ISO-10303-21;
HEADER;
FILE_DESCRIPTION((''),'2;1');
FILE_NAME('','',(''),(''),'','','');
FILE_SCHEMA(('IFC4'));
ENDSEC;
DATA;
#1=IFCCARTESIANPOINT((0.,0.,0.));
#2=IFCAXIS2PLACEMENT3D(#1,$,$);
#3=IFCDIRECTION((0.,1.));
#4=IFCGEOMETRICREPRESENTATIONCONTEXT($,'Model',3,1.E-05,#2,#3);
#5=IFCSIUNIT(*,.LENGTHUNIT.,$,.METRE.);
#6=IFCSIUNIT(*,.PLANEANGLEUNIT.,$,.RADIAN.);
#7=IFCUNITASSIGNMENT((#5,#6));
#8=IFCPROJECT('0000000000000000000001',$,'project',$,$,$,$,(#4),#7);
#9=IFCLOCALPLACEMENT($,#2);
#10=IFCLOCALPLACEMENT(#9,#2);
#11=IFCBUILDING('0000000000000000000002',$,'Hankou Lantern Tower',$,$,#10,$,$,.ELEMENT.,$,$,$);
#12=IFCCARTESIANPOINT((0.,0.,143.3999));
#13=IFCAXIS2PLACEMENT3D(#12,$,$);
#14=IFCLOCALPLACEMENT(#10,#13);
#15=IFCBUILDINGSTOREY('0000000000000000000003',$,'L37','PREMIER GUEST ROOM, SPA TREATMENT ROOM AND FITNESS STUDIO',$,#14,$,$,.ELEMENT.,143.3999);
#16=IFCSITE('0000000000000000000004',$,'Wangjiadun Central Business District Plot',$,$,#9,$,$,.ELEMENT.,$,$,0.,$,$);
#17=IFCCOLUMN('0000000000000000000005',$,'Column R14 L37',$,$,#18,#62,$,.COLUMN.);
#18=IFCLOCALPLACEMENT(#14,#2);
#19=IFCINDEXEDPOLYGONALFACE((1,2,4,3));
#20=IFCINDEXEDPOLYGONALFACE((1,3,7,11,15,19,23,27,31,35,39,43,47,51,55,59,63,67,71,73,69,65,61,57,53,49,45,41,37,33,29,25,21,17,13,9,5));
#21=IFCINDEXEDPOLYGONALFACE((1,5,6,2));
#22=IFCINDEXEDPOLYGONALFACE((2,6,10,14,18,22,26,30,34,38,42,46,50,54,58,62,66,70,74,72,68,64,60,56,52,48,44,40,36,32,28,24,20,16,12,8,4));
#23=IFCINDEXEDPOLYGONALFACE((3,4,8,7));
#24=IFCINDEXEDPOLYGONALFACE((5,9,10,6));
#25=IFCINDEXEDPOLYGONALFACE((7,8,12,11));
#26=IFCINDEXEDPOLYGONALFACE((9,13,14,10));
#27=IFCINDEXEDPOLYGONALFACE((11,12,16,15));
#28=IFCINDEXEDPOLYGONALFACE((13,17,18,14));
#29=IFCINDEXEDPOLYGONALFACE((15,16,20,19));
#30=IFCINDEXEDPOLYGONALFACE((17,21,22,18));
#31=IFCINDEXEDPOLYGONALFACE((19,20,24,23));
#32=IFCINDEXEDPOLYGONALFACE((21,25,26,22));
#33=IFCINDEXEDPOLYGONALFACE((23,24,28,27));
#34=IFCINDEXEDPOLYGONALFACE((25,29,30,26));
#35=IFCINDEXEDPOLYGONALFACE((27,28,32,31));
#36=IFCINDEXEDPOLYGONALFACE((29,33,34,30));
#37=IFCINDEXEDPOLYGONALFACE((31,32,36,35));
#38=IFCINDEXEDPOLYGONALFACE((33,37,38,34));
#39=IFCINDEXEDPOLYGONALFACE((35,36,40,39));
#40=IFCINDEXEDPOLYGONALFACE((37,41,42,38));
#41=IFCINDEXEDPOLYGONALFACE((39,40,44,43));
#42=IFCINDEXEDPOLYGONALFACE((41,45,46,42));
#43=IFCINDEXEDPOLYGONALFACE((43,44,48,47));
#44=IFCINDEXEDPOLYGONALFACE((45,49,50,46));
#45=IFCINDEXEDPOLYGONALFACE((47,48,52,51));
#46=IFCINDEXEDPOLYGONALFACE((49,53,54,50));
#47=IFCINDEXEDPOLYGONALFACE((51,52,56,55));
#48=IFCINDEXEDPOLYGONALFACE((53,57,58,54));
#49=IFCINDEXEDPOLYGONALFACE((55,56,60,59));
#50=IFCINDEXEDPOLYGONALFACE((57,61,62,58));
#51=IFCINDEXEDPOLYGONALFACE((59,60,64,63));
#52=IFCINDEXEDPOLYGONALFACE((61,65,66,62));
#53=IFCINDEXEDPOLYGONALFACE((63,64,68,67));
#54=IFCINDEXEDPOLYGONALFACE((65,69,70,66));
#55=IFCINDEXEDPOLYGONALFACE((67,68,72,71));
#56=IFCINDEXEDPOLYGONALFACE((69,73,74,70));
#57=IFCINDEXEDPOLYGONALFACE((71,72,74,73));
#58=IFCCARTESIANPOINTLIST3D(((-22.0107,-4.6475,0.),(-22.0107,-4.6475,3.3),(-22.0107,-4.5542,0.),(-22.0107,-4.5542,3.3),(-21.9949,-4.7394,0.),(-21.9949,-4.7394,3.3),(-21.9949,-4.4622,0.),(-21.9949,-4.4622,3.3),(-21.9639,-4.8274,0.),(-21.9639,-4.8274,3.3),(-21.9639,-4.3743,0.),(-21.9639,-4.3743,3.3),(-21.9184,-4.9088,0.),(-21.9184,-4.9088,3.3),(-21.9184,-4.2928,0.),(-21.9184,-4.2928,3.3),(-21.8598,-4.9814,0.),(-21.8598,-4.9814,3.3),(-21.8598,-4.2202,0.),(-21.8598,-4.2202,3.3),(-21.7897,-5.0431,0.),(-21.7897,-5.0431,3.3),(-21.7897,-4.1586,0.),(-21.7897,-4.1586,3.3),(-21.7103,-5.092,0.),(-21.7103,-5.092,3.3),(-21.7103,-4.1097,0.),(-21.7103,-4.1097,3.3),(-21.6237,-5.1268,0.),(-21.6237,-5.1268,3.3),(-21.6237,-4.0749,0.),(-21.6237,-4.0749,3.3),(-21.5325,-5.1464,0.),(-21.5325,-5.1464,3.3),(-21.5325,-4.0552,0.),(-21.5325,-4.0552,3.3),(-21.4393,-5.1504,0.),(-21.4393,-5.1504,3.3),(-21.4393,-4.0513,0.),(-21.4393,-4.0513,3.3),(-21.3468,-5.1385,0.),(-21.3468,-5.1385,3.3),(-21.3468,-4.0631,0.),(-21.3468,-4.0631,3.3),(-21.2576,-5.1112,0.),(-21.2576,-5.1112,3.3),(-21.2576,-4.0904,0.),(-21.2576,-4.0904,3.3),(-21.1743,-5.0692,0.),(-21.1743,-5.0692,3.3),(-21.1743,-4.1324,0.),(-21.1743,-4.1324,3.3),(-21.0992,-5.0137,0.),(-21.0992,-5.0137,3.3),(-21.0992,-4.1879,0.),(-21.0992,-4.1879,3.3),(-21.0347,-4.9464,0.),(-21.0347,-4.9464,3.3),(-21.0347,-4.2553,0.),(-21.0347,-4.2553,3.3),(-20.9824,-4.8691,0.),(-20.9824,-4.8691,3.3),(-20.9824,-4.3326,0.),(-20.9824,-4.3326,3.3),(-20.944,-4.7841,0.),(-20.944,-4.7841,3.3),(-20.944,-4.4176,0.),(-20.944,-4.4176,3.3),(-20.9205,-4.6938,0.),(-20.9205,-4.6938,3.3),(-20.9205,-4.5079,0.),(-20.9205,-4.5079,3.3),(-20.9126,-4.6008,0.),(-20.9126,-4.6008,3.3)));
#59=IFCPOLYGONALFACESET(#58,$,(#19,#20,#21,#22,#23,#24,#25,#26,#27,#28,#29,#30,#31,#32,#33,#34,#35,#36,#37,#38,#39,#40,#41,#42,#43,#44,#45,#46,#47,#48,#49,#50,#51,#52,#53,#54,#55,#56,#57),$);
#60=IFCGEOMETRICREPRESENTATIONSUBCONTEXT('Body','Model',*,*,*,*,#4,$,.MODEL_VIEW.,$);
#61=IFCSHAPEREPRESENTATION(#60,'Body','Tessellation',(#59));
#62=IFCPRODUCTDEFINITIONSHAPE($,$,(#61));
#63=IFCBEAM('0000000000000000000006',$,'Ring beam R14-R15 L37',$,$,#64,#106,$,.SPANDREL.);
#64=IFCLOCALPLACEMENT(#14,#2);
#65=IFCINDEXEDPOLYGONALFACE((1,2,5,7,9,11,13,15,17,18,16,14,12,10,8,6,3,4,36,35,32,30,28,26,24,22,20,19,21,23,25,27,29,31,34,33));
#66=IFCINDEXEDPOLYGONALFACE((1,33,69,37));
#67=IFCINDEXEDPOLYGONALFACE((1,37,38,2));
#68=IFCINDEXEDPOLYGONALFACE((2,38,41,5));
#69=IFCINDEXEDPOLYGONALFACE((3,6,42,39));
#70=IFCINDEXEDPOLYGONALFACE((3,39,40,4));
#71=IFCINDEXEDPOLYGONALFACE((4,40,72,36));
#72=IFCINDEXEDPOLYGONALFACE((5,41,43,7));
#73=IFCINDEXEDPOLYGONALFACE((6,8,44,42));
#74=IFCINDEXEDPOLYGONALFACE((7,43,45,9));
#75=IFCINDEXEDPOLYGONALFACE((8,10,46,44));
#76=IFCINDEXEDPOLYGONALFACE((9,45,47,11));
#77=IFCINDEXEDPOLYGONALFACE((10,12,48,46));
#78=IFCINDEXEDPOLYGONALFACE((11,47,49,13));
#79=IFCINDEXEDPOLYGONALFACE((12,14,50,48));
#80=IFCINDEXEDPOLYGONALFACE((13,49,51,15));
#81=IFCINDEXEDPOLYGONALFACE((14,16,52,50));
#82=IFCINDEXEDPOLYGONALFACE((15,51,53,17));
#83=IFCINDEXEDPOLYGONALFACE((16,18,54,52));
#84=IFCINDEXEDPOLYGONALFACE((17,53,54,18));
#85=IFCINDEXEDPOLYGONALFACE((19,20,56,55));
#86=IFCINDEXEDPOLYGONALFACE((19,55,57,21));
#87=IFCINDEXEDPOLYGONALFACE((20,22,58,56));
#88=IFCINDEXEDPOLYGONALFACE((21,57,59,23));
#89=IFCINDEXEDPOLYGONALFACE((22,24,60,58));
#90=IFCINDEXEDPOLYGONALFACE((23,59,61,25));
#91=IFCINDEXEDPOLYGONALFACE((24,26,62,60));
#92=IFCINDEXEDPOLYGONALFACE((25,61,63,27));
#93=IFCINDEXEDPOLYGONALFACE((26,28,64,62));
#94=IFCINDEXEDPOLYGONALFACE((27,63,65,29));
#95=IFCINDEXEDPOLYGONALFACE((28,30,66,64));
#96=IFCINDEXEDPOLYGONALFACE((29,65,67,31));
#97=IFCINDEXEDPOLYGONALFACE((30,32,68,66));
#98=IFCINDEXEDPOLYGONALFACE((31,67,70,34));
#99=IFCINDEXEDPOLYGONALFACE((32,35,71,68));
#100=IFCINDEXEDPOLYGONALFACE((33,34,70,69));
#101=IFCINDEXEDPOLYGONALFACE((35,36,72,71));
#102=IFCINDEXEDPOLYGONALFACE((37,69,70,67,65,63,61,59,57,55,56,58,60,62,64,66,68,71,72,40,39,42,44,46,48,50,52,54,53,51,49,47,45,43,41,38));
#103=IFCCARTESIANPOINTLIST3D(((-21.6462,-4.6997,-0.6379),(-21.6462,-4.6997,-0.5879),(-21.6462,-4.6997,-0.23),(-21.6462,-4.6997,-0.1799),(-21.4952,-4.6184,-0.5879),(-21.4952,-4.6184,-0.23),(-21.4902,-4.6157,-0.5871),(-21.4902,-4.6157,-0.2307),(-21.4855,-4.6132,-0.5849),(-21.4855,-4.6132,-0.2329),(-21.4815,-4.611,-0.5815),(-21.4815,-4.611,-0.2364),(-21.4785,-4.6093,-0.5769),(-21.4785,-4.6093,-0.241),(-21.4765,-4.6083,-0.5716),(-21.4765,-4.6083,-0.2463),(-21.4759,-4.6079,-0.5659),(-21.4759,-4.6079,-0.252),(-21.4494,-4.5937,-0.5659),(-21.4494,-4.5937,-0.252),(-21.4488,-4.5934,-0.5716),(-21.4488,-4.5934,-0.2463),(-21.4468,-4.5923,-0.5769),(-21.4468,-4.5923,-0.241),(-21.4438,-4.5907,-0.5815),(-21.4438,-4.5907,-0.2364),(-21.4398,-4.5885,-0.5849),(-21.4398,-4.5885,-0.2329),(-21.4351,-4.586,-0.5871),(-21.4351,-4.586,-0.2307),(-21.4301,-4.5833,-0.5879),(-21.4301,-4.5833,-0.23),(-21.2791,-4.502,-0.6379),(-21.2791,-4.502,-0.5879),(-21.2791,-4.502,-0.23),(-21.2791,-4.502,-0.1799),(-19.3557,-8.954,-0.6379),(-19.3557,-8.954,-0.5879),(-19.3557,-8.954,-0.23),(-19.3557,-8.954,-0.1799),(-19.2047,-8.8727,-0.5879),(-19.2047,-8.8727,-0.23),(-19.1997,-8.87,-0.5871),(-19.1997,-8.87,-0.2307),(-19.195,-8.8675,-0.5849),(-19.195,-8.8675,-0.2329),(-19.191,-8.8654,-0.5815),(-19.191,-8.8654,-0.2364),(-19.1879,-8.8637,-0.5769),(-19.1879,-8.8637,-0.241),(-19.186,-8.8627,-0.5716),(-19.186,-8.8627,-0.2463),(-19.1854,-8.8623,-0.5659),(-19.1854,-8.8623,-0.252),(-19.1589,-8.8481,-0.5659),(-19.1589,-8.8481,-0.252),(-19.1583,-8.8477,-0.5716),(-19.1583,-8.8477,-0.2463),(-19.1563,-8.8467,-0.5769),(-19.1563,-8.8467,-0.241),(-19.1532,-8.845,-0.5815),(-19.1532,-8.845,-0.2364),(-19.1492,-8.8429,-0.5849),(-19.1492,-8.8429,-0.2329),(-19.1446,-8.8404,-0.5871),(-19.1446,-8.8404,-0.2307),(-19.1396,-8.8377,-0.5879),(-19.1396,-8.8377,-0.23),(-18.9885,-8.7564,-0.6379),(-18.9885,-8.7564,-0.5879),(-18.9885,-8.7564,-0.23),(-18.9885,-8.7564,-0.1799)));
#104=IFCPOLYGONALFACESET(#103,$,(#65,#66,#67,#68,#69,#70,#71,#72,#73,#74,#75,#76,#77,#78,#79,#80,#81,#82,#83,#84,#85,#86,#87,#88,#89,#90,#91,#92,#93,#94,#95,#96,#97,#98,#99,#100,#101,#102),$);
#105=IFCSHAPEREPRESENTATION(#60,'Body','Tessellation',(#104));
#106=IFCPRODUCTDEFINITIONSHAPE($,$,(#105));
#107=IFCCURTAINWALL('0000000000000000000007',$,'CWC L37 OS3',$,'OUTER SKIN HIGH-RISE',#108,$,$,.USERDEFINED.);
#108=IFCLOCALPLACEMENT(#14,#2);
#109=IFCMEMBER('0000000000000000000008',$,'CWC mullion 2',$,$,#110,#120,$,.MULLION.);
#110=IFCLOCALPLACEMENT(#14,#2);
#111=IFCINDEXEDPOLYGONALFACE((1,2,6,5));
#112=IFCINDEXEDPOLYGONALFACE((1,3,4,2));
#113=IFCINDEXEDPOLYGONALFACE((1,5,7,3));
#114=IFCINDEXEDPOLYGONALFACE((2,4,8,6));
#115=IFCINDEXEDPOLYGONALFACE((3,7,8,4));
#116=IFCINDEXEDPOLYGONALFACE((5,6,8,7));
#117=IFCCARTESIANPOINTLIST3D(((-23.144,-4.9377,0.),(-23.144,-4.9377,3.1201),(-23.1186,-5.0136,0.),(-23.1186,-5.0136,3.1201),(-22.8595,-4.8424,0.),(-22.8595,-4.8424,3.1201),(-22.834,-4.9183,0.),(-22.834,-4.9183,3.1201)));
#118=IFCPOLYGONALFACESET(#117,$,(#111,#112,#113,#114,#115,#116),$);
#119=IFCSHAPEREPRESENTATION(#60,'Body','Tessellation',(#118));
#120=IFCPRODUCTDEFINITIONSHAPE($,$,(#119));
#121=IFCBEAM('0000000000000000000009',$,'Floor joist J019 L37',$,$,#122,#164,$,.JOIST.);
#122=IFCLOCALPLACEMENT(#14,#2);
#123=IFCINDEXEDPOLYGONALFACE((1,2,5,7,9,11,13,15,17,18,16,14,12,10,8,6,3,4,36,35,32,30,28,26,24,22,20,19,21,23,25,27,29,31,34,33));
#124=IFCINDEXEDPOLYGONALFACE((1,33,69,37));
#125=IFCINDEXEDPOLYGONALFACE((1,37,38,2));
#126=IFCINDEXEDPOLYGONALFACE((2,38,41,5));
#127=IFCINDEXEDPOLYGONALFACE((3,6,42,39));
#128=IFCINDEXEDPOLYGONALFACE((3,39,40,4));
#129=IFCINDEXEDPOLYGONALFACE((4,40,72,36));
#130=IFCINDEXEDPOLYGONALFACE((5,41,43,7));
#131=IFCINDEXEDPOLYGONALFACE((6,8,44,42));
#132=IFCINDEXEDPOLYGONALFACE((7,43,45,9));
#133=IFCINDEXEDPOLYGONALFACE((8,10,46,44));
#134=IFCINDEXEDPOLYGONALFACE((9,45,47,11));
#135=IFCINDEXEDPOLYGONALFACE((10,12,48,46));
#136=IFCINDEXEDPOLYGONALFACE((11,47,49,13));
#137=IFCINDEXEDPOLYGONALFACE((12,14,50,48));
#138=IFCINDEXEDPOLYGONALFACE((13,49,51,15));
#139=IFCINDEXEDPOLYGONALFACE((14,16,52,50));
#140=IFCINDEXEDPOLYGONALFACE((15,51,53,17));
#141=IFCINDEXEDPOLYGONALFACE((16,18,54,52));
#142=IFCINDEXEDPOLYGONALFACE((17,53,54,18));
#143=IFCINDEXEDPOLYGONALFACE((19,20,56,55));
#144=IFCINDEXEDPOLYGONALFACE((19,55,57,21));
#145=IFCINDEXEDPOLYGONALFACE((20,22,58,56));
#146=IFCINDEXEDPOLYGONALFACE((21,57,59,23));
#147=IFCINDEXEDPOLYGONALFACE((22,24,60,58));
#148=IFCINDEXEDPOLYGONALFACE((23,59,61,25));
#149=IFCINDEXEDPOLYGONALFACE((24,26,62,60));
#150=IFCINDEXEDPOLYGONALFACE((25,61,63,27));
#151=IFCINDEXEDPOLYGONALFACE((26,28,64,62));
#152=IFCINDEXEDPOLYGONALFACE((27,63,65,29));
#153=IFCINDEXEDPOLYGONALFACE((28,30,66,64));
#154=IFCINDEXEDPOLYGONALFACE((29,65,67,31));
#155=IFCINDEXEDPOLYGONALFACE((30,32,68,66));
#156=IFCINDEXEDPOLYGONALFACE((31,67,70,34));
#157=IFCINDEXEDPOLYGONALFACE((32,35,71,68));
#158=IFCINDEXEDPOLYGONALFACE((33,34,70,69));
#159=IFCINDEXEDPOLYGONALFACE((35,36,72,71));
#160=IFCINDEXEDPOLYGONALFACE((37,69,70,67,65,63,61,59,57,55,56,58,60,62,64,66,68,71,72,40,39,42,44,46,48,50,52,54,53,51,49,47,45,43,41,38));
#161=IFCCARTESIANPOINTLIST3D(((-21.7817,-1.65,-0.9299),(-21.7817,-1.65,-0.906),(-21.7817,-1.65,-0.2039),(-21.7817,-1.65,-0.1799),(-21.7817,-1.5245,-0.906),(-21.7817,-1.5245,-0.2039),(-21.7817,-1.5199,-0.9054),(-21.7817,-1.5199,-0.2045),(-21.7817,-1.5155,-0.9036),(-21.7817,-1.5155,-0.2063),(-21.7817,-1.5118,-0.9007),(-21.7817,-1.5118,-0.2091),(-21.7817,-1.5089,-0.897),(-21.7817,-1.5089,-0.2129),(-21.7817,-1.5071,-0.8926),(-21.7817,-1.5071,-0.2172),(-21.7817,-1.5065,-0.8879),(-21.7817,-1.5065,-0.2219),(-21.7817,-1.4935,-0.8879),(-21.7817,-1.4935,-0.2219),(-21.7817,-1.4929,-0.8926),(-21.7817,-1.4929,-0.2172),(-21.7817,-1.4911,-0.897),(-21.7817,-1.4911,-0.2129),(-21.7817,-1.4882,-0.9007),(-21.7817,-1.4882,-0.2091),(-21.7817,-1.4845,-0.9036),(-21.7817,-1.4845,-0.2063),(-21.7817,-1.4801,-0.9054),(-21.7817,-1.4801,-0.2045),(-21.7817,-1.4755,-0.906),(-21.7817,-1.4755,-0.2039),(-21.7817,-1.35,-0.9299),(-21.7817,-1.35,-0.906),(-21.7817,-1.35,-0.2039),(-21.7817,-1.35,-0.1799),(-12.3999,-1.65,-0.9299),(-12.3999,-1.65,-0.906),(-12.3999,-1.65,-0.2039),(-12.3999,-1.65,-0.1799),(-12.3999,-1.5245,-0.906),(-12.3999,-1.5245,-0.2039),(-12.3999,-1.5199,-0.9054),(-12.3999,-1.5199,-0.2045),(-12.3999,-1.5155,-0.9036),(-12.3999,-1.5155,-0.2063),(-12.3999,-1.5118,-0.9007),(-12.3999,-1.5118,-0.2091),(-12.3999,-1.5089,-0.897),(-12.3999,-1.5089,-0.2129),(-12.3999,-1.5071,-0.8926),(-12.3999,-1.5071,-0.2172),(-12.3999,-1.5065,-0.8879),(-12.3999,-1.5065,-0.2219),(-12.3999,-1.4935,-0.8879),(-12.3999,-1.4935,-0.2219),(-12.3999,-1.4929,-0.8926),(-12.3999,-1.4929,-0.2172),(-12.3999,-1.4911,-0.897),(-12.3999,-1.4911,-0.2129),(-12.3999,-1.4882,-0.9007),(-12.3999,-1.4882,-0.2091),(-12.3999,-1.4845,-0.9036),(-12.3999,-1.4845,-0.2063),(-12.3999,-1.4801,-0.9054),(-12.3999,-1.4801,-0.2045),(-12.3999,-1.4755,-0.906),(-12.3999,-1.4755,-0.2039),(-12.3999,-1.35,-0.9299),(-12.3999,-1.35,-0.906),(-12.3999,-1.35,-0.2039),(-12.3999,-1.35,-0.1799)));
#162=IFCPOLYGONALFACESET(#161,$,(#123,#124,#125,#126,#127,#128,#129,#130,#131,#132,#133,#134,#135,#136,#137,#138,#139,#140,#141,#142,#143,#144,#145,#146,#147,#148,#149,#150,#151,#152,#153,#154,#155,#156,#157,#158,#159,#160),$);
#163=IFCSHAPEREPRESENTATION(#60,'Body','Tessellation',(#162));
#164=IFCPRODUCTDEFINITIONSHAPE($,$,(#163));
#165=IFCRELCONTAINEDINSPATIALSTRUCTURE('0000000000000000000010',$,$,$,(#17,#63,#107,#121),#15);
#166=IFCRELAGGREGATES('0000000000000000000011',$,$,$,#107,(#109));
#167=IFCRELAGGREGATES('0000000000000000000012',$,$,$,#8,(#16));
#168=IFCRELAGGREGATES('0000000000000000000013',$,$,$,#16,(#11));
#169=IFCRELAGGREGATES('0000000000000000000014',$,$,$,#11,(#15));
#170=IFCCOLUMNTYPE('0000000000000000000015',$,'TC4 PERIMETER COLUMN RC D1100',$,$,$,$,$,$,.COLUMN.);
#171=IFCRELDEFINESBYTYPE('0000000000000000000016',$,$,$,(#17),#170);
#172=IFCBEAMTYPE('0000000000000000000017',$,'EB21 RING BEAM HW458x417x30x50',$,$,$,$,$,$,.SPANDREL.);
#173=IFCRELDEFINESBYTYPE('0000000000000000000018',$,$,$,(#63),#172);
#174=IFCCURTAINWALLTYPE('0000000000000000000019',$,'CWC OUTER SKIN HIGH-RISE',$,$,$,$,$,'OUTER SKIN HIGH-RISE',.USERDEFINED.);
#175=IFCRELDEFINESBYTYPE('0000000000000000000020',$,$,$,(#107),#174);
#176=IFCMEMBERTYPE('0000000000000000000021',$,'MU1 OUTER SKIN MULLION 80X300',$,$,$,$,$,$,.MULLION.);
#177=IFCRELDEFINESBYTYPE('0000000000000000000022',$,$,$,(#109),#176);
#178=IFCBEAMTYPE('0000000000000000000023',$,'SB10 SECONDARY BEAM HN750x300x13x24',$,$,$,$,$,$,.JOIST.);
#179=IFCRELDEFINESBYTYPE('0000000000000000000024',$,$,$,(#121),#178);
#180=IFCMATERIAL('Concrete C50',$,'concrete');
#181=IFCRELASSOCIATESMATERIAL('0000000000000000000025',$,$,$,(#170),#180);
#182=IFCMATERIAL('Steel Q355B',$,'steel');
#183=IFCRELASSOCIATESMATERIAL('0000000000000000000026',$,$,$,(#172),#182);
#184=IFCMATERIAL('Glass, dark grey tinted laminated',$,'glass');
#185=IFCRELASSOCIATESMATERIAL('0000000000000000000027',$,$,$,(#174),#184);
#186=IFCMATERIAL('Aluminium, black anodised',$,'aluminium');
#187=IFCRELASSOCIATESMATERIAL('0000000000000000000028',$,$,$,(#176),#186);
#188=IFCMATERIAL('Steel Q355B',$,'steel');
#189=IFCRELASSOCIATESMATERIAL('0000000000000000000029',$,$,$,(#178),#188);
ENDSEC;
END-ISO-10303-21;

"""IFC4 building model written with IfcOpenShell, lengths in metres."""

from ifc_helpers import new_model, si_unit, direction, frame, origin, origin_2d, place, context, subcontext, project, spatial, rectangle, circle, i_section, extrude, material, material_profile, profile_set, type_object, element, aggregate, save


model = new_model("IFC4")

# Units and contexts
model_context = context("Model", 3, precision=1e-05, world=origin(), true_north=direction((0.0, 1.0)))
body_context = subcontext(model_context, "Body", "Model", "MODEL_VIEW")
ifc_project = project(units=[si_unit("LENGTHUNIT", "METRE"), si_unit("PLANEANGLEUNIT", "RADIAN")], contexts=[model_context])

# Site, building, storey
site_placement = place(None, origin())
site = spatial("IfcSite", under=ifc_project, at=site_placement, Name="Wangjiadun Central Business District Plot", CompositionType="ELEMENT", RefElevation=0.0)
building_placement = place(site_placement, origin())
building = spatial("IfcBuilding", under=site, at=building_placement, Name="Hankou Lantern Tower", CompositionType="ELEMENT")
storey_placement = place(building_placement, frame((0.0, 0.0, 143.3999)))
storey = spatial("IfcBuildingStorey", under=building, at=storey_placement, Name="L37", Description="PREMIER GUEST ROOM, SPA TREATMENT ROOM AND FITNESS STUDIO", CompositionType="ELEMENT", Elevation=143.3999)

# Column
ifc_material_1 = material(Name="Concrete C50", Category="concrete")
ifc_material_profile_1 = material_profile(ifc_material_1, circle(Radius=0.55, at=origin_2d()), Name="RC D1100")
ifc_profile_set_1 = profile_set([ifc_material_profile_1], Name="Concrete C50")
column_type = type_object("IfcColumnType", Name="TC4 PERIMETER COLUMN RC D1100", PredefinedType="COLUMN", material=ifc_profile_set_1)
column_placement = place(storey_placement, frame((-21.4626, -4.6008, 0.0), z_axis=(0.0, 0.0, 1.0), x_axis=(1.0, 0.0, 0.0)))
element("IfcColumn", 1, at=column_placement, inside=storey, type_object=column_type, Name="Column R14 L37", PredefinedType="COLUMN", context=body_context, shape_type="SweptSolid", body=[
    extrude(circle(Radius=0.55, at=origin_2d()), origin(), (0.0, 0.0, 1.0), 3.3),
])

# Beam
ifc_material_2 = material(Name="Steel Q355B", Category="steel")
ifc_material_profile_2 = material_profile(ifc_material_2, i_section(OverallWidth=0.417, OverallDepth=0.458, WebThickness=0.03, FlangeThickness=0.05, FilletRadius=0.022, at=origin_2d()), Name="HW458x417x30x50")
ifc_profile_set_2 = profile_set([ifc_material_profile_2], Name="Steel Q355B")
beam_type_1 = type_object("IfcBeamType", Name="EB21 RING BEAM HW458x417x30x50", PredefinedType="SPANDREL", material=ifc_profile_set_2)
beam_1_placement = place(storey_placement, frame((-21.4626, -4.6008, -0.4089), z_axis=(0.474052, -0.880497, 0.0), x_axis=(0.880497, 0.474052, 0.0)))
element("IfcBeam", 2, at=beam_1_placement, inside=storey, type_object=beam_type_1, Name="Ring beam R14-R15 L37", PredefinedType="SPANDREL", context=body_context, shape_type="SweptSolid", body=[
    extrude(i_section(OverallWidth=0.417, OverallDepth=0.458, WebThickness=0.03, FlangeThickness=0.05, FilletRadius=0.022, at=origin_2d()), origin(), (0.0, 0.0, 1.0), 4.8318),
])

# Curtain wall, member
ifc_material_3 = material(Name="Glass, dark grey tinted laminated", Category="glass")
curtain_wall_type = type_object("IfcCurtainWallType", Name="CWC OUTER SKIN HIGH-RISE", ElementType="OUTER SKIN HIGH-RISE", PredefinedType="USERDEFINED", material=ifc_material_3)
curtain_wall_placement = place(storey_placement, origin())
curtain_wall = element("IfcCurtainWall", 3, at=curtain_wall_placement, inside=storey, type_object=curtain_wall_type, Name="CWC L37 OS3", ObjectType="OUTER SKIN HIGH-RISE", PredefinedType="USERDEFINED")
ifc_material_4 = material(Name="Aluminium, black anodised", Category="aluminium")
ifc_material_profile_3 = material_profile(ifc_material_4, rectangle(XDim=0.0801, YDim=0.3, at=origin_2d()), Name="MU1 80X300")
ifc_profile_set_3 = profile_set([ifc_material_profile_3], Name="Aluminium, black anodised")
member_type_1 = type_object("IfcMemberType", Name="MU1 OUTER SKIN MULLION 80X300", PredefinedType="MULLION", material=ifc_profile_set_3)
member_1_placement = place(storey_placement, frame((-22.989, -4.928, 0.0), z_axis=(0.0, 0.0, 1.0), x_axis=(0.317596, -0.948226, 0.0)))
member_1 = element("IfcMember", 4, at=member_1_placement, type_object=member_type_1, Name="CWC mullion 2", PredefinedType="MULLION", context=body_context, shape_type="SweptSolid", body=[
    extrude(rectangle(XDim=0.0801, YDim=0.3, at=origin_2d()), origin(), (0.0, 0.0, 1.0), 3.1201),
])

# Beam
ifc_material_5 = material(Name="Steel Q355B", Category="steel")
ifc_material_profile_4 = material_profile(ifc_material_5, i_section(OverallWidth=0.3, OverallDepth=0.75, WebThickness=0.0129, FlangeThickness=0.0239, FilletRadius=0.0181, at=origin_2d()), Name="HN750x300x13x24")
ifc_profile_set_4 = profile_set([ifc_material_profile_4], Name="Steel Q355B")
beam_type_2 = type_object("IfcBeamType", Name="SB10 SECONDARY BEAM HN750x300x13x24", PredefinedType="JOIST", material=ifc_profile_set_4)
beam_2_placement = place(storey_placement, frame((-21.7817, -1.5, -0.5549), z_axis=(1.0, 0.0, 0.0), x_axis=(0.0, 1.0, 0.0)))
element("IfcBeam", 5, at=beam_2_placement, inside=storey, type_object=beam_type_2, Name="Floor joist J019 L37", PredefinedType="JOIST", context=body_context, shape_type="SweptSolid", body=[
    extrude(i_section(OverallWidth=0.3, OverallDepth=0.75, WebThickness=0.0129, FlangeThickness=0.0239, FilletRadius=0.0181, at=origin_2d()), origin(), (0.0, 0.0, 1.0), 9.3818),
])

aggregate(curtain_wall, [member_1])

save(model, "model.ifc")
